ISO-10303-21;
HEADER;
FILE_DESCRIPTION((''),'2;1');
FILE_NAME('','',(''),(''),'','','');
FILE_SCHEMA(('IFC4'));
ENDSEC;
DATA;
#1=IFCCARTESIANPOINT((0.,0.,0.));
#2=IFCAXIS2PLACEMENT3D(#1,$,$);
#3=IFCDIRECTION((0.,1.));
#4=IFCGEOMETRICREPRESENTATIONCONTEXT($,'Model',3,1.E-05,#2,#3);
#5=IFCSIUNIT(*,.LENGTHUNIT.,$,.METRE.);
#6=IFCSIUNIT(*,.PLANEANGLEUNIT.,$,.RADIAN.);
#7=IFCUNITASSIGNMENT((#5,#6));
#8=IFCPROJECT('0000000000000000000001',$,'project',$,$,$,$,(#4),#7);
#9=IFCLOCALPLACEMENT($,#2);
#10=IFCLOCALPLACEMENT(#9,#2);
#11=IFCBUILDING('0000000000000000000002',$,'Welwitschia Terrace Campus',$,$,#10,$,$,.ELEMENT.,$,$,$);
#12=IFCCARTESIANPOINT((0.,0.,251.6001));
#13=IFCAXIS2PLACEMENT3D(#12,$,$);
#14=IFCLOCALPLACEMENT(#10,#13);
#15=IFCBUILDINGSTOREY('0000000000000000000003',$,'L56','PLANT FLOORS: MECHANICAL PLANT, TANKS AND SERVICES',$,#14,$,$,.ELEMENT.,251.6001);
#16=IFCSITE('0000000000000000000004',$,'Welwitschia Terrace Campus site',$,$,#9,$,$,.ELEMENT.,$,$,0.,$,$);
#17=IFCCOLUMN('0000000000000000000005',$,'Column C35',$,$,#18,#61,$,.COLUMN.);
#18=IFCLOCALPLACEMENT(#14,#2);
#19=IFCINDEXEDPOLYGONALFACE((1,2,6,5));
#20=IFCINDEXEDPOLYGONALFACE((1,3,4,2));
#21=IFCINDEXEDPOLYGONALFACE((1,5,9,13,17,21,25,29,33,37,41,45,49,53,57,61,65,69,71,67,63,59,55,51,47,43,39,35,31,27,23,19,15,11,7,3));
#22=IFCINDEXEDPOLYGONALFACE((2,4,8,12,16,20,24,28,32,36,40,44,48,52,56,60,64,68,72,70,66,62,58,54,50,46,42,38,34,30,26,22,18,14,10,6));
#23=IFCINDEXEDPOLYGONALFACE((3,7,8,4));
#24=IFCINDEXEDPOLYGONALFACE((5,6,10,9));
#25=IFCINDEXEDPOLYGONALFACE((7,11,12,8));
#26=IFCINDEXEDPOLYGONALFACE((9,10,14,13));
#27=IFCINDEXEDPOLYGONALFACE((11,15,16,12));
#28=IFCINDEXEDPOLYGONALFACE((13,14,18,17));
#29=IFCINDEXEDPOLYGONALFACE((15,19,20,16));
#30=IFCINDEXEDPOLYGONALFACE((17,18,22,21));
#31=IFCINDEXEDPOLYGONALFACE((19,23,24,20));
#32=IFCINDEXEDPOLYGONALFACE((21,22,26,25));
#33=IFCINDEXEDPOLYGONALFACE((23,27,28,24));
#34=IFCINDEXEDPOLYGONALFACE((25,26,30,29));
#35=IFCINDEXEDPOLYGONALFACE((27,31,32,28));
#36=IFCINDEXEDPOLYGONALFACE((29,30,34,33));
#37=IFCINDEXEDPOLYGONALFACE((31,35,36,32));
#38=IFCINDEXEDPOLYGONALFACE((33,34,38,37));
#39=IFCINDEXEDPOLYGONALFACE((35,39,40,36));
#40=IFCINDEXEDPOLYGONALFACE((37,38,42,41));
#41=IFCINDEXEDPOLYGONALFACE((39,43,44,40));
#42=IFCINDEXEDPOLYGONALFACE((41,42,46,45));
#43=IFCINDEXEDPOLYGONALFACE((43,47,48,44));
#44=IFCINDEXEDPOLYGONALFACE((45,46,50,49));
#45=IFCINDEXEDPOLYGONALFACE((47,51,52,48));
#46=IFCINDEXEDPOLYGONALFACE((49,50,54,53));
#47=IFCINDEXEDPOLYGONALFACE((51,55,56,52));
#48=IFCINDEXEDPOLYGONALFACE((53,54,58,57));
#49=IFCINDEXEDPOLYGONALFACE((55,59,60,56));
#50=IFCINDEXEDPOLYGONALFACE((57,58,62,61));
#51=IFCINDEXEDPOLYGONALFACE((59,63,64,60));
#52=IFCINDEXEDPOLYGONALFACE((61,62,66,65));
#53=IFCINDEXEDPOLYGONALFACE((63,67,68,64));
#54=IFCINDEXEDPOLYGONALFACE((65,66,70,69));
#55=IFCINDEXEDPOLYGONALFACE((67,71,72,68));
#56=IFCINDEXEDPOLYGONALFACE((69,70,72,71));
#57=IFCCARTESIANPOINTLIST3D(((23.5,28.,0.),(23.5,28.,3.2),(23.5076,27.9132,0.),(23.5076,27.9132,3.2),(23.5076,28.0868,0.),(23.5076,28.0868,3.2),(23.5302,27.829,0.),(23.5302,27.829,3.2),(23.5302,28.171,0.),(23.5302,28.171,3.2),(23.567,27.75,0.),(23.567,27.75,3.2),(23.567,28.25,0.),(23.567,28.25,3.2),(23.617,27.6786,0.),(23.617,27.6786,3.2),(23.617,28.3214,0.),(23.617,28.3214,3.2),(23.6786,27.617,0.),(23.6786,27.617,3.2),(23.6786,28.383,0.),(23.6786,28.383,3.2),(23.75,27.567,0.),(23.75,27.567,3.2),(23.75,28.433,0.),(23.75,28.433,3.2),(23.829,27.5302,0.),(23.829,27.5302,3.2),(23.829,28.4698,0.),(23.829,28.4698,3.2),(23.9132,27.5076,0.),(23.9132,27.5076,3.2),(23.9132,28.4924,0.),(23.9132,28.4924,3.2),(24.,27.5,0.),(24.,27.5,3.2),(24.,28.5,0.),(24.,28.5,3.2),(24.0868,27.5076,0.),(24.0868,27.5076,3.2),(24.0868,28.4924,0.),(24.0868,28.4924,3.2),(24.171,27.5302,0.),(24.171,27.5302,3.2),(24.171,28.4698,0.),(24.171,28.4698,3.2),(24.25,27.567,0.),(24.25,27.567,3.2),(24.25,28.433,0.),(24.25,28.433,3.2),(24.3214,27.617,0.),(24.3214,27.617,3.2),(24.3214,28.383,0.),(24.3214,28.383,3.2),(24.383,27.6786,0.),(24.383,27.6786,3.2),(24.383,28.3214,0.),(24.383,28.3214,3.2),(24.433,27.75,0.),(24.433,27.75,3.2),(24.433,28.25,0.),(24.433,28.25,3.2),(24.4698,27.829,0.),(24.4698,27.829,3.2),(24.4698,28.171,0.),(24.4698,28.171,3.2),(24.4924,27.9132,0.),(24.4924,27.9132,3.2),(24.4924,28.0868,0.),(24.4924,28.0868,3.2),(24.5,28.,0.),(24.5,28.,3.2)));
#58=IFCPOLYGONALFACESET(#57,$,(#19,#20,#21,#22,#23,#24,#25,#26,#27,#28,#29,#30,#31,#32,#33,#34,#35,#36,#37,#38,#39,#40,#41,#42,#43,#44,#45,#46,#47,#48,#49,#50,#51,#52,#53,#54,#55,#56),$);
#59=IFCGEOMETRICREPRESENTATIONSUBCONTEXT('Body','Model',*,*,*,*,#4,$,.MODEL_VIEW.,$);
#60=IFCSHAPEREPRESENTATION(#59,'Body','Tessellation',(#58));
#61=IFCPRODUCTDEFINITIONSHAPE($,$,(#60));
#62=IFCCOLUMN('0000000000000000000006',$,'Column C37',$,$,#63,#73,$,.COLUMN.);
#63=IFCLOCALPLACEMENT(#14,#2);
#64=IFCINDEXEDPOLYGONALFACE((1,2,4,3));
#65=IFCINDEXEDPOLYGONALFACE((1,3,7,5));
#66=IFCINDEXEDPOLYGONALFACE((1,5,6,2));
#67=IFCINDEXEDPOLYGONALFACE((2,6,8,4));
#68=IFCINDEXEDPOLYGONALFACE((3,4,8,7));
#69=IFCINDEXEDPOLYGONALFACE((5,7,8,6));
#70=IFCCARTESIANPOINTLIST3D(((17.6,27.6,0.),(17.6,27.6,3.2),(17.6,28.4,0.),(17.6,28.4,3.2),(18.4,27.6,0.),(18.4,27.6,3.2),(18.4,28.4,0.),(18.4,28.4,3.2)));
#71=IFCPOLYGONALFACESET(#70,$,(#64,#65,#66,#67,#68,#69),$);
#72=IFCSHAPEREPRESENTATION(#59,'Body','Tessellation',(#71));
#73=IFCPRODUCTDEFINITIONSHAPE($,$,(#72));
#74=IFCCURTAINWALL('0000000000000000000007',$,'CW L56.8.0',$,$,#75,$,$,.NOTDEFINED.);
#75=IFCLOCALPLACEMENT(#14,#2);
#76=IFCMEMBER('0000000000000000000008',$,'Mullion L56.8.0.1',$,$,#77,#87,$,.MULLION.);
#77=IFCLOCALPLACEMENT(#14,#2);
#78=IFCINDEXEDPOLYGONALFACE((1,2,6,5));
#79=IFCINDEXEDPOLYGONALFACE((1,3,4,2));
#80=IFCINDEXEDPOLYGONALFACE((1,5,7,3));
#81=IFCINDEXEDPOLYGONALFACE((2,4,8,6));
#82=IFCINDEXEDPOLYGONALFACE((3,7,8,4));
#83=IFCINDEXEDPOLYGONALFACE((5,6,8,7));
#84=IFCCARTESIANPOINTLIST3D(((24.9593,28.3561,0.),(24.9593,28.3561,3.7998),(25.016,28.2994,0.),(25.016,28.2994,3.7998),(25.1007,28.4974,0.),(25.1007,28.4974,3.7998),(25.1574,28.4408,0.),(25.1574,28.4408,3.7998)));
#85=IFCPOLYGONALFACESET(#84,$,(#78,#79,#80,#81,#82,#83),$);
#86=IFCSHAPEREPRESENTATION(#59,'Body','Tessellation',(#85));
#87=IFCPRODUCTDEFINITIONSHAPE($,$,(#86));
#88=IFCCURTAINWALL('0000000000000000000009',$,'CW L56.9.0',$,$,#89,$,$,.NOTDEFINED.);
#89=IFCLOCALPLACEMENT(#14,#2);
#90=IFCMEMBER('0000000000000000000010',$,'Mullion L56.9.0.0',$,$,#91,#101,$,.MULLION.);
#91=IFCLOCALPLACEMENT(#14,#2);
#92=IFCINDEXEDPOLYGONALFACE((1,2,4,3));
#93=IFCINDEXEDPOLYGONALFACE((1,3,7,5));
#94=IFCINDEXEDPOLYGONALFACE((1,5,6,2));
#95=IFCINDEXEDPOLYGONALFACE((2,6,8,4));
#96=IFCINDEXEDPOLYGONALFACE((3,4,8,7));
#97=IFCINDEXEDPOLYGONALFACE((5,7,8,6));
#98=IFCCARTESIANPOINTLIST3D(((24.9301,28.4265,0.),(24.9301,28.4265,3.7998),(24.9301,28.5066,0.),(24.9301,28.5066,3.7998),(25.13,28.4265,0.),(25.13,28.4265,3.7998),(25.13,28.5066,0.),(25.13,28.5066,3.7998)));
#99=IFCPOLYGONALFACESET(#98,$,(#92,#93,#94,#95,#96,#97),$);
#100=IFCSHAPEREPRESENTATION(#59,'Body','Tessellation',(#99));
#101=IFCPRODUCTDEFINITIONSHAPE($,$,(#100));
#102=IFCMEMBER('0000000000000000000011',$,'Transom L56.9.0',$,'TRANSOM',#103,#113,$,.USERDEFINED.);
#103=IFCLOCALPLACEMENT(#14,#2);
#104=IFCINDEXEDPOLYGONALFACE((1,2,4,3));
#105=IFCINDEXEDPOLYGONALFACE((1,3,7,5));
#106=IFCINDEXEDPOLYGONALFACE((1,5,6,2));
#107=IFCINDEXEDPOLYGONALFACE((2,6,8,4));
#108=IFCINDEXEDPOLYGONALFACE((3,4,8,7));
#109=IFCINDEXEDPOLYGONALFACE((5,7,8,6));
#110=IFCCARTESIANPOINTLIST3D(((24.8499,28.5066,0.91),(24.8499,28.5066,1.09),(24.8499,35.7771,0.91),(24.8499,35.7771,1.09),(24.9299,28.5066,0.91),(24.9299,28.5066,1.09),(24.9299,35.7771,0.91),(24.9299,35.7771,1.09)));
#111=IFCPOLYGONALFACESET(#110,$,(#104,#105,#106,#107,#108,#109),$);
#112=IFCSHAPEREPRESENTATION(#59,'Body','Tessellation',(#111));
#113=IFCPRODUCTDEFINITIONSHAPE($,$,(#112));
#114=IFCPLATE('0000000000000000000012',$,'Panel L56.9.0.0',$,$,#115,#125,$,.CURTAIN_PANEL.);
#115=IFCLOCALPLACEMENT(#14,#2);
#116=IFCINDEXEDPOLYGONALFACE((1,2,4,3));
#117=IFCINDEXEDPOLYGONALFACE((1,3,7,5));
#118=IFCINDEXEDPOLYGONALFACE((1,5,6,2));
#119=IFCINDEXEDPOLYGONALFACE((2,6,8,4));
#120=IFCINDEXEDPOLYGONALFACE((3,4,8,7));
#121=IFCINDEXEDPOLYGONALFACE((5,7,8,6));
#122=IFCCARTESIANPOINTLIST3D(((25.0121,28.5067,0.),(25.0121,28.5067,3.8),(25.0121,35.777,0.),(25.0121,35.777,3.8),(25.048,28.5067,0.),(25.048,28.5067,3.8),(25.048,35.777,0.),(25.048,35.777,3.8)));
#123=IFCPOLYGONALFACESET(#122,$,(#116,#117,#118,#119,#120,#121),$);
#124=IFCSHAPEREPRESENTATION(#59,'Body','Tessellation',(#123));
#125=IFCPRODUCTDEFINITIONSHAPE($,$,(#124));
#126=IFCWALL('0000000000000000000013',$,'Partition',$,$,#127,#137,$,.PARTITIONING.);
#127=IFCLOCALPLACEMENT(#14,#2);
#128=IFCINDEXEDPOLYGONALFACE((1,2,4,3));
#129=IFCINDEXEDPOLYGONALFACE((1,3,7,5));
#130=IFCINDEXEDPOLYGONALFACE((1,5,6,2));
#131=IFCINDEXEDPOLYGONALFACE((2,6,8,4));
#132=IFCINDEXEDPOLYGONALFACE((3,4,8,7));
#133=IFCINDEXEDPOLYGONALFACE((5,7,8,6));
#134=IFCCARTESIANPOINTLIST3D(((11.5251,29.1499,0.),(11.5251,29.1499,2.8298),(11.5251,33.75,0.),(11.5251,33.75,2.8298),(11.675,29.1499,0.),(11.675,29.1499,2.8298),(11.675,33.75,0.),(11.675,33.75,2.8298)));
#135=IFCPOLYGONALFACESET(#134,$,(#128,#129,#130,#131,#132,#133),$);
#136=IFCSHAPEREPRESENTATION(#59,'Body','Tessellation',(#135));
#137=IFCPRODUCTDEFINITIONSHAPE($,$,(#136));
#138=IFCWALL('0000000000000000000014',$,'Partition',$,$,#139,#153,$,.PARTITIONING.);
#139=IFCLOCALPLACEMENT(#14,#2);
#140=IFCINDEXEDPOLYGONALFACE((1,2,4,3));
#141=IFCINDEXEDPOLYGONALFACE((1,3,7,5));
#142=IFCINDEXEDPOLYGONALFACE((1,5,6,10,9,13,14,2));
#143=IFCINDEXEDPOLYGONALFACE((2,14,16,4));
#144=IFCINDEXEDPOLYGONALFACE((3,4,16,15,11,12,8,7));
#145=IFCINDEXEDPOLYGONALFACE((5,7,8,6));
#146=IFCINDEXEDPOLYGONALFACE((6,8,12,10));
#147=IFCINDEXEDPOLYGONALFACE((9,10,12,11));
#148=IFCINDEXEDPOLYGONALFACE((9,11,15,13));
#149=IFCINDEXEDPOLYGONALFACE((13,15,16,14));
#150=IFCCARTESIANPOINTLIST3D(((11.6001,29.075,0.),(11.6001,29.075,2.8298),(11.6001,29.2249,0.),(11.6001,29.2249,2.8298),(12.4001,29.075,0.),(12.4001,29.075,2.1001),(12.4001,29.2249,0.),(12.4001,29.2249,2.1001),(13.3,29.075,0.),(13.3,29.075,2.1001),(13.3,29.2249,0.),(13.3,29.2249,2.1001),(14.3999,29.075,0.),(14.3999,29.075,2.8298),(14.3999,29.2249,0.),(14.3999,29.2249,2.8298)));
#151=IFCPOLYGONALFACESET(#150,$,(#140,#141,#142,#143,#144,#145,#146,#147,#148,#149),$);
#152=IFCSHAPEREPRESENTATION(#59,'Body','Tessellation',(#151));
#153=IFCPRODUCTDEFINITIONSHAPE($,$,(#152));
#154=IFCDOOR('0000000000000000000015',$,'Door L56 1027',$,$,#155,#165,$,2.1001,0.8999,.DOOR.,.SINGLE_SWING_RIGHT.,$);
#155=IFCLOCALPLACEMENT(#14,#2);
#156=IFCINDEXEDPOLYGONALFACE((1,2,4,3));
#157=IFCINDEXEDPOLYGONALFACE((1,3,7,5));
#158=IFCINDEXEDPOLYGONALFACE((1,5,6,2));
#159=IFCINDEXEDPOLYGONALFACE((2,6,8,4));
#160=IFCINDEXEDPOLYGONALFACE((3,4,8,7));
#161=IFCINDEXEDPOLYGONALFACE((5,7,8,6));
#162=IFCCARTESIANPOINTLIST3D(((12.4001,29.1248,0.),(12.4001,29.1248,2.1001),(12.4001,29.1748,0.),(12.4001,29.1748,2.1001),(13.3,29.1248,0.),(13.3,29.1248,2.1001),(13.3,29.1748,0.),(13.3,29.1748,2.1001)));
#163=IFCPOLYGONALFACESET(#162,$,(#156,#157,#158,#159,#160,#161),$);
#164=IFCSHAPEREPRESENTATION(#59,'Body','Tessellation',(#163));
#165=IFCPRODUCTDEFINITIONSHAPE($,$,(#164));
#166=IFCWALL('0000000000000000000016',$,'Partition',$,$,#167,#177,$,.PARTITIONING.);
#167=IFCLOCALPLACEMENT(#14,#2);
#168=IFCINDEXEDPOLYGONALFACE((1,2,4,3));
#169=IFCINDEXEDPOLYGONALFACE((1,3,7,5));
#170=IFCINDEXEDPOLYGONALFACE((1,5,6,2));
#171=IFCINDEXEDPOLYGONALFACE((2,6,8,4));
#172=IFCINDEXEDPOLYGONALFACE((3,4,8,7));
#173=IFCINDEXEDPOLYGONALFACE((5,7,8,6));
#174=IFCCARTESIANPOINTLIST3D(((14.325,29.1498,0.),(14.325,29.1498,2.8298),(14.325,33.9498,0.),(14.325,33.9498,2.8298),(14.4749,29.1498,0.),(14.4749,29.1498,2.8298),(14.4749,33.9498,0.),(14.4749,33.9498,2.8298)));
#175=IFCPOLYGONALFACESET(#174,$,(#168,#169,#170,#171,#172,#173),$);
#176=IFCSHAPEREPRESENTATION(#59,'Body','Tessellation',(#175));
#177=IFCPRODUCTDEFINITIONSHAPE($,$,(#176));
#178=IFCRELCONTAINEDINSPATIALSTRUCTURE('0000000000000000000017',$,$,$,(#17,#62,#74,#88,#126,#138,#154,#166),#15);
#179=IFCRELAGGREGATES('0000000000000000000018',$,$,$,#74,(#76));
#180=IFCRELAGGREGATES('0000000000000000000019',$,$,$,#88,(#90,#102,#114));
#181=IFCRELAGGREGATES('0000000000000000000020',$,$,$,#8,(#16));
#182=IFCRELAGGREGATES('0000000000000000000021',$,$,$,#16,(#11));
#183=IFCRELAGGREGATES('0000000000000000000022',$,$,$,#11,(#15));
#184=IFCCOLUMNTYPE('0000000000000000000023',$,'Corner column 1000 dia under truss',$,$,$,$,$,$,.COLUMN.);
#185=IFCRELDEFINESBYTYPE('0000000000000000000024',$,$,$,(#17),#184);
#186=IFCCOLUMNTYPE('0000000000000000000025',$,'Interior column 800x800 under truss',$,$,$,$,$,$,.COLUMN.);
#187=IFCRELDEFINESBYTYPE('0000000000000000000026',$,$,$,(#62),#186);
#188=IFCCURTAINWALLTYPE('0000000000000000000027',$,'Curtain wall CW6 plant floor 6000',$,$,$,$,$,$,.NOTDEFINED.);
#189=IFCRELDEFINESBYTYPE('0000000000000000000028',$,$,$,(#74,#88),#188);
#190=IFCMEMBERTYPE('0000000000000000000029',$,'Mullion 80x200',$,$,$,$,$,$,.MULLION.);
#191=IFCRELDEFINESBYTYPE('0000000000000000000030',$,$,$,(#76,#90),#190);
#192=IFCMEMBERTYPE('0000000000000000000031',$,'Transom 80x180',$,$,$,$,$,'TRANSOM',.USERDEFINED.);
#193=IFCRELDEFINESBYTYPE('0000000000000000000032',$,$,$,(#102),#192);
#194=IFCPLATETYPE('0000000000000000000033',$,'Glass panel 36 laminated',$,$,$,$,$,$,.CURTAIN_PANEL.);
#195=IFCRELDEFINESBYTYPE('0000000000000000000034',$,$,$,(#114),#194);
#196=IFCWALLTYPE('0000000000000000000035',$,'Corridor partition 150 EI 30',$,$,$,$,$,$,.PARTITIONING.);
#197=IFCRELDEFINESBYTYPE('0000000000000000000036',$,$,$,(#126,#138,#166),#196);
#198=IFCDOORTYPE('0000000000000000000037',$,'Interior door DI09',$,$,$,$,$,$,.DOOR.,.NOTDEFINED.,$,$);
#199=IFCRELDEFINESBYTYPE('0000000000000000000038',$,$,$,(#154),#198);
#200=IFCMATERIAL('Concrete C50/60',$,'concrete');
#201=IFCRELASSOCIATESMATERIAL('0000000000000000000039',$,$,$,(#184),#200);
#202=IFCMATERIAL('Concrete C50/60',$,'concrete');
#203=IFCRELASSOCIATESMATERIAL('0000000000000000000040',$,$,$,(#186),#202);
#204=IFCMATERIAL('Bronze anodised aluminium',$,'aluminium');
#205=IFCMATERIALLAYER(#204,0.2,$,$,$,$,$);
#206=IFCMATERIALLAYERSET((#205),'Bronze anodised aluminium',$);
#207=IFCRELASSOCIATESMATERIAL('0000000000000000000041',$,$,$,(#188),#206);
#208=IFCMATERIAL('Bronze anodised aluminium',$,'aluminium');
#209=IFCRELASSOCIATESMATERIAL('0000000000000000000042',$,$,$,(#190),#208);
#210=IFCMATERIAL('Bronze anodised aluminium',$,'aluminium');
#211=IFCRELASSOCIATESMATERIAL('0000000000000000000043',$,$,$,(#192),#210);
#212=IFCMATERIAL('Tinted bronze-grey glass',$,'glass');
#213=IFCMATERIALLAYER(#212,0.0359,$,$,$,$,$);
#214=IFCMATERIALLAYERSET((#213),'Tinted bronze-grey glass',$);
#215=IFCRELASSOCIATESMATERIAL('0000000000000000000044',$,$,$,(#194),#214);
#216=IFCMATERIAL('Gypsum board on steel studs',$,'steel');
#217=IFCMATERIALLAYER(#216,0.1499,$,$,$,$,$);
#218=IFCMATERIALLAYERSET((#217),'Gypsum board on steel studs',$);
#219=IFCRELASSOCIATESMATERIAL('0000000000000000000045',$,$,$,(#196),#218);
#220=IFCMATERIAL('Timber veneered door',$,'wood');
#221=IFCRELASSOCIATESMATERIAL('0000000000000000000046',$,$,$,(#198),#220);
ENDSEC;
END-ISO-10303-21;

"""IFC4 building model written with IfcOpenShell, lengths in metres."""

from ifc_helpers import new_model, si_unit, direction, frame, frame_2d, origin, origin_2d, place, context, subcontext, project, spatial, rectangle, circle, extrude, material, layer, layer_set, material_profile, profile_set, type_object, element, fill, aggregate, save


model = new_model("IFC4")

# Units and contexts
model_context = context("Model", 3, precision=1e-05, world=origin(), true_north=direction((0.0, 1.0)))
body_context = subcontext(model_context, "Body", "Model", "MODEL_VIEW")
ifc_project = project(units=[si_unit("LENGTHUNIT", "METRE"), si_unit("PLANEANGLEUNIT", "RADIAN")], contexts=[model_context])

# Site, building, storey
site_placement = place(None, origin())
site = spatial("IfcSite", under=ifc_project, at=site_placement, Name="Welwitschia Terrace Campus site", CompositionType="ELEMENT", RefElevation=0.0)
building_placement = place(site_placement, origin())
building = spatial("IfcBuilding", under=site, at=building_placement, Name="Welwitschia Terrace Campus", CompositionType="ELEMENT")
storey_placement = place(building_placement, frame((0.0, 0.0, 251.6001)))
storey = spatial("IfcBuildingStorey", under=building, at=storey_placement, Name="L56", Description="PLANT FLOORS: MECHANICAL PLANT, TANKS AND SERVICES", CompositionType="ELEMENT", Elevation=251.6001)

# Columns
ifc_material_1 = material(Name="Concrete C50/60", Category="concrete")
ifc_material_profile_1 = material_profile(ifc_material_1, circle(Radius=0.5, at=origin_2d()))
ifc_profile_set_1 = profile_set([ifc_material_profile_1], Name="Concrete C50/60")
column_type_1 = type_object("IfcColumnType", Name="Corner column 1000 dia under truss", PredefinedType="COLUMN", material=ifc_profile_set_1)
column_1_placement = place(storey_placement, frame((24.0, 28.0, 0.0), z_axis=(0.0, 0.0, 1.0), x_axis=(1.0, 0.0, 0.0)))
element("IfcColumn", 1, at=column_1_placement, inside=storey, type_object=column_type_1, Name="Column C35", PredefinedType="COLUMN", context=body_context, shape_type="SweptSolid", body=[
    extrude(circle(Radius=0.5, at=origin_2d()), origin(), (0.0, 0.0, 1.0), 3.2),
])
ifc_material_2 = material(Name="Concrete C50/60", Category="concrete")
ifc_material_profile_2 = material_profile(ifc_material_2, rectangle(XDim=0.8, YDim=0.8, at=origin_2d()))
ifc_profile_set_2 = profile_set([ifc_material_profile_2], Name="Concrete C50/60")
column_type_2 = type_object("IfcColumnType", Name="Interior column 800x800 under truss", PredefinedType="COLUMN", material=ifc_profile_set_2)
column_2_placement = place(storey_placement, frame((18.0, 28.0, 0.0), z_axis=(0.0, 0.0, 1.0), x_axis=(1.0, 0.0, 0.0)))
element("IfcColumn", 2, at=column_2_placement, inside=storey, type_object=column_type_2, Name="Column C37", PredefinedType="COLUMN", context=body_context, shape_type="SweptSolid", body=[
    extrude(rectangle(XDim=0.8, YDim=0.8, at=origin_2d()), origin(), (0.0, 0.0, 1.0), 3.2),
])

# Curtain wall, member
ifc_material_3 = material(Name="Bronze anodised aluminium", Category="aluminium")
ifc_layer_1 = layer(ifc_material_3, 0.2)
ifc_layer_set_1 = layer_set([ifc_layer_1], Name="Bronze anodised aluminium")
curtain_wall_type = type_object("IfcCurtainWallType", Name="Curtain wall CW6 plant floor 6000", PredefinedType="NOTDEFINED", material=ifc_layer_set_1)
curtain_wall_1_placement = place(storey_placement, origin())
curtain_wall_1 = element("IfcCurtainWall", 3, at=curtain_wall_1_placement, inside=storey, type_object=curtain_wall_type, Name="CW L56.8.0", PredefinedType="NOTDEFINED")
ifc_material_4 = material(Name="Bronze anodised aluminium", Category="aluminium")
ifc_material_profile_3 = material_profile(ifc_material_4, rectangle(XDim=0.2, YDim=0.0801, at=origin_2d()))
ifc_profile_set_3 = profile_set([ifc_material_profile_3], Name="Bronze anodised aluminium")
member_type_1 = type_object("IfcMemberType", Name="Mullion 80x200", PredefinedType="MULLION", material=ifc_profile_set_3)
member_1_placement = place(storey_placement, frame((25.0583, 28.3984, 0.0), z_axis=(0.0, 0.0, 1.0), x_axis=(-0.707107, -0.707107, 0.0)))
member_1 = element("IfcMember", 4, at=member_1_placement, type_object=member_type_1, Name="Mullion L56.8.0.1", PredefinedType="MULLION", context=body_context, shape_type="SweptSolid", body=[
    extrude(rectangle(XDim=0.2, YDim=0.0801, at=origin_2d()), origin(), (0.0, 0.0, 1.0), 3.7998),
])
aggregate(curtain_wall_1, [member_1])

# Curtain wall, members, plate
curtain_wall_2_placement = place(storey_placement, origin())
curtain_wall_2 = element("IfcCurtainWall", 5, at=curtain_wall_2_placement, inside=storey, type_object=curtain_wall_type, Name="CW L56.9.0", PredefinedType="NOTDEFINED")
member_2_placement = place(storey_placement, frame((25.03, 28.4666, 0.0), z_axis=(0.0, 0.0, 1.0), x_axis=(-1.0, 0.0, 0.0)))
member_2 = element("IfcMember", 6, at=member_2_placement, type_object=member_type_1, Name="Mullion L56.9.0.0", PredefinedType="MULLION", context=body_context, shape_type="SweptSolid", body=[
    extrude(rectangle(XDim=0.2, YDim=0.0801, at=origin_2d()), origin(), (0.0, 0.0, 1.0), 3.7998),
])
ifc_material_5 = material(Name="Bronze anodised aluminium", Category="aluminium")
ifc_material_profile_4 = material_profile(ifc_material_5, rectangle(XDim=0.0801, YDim=0.1799, at=origin_2d()))
ifc_profile_set_4 = profile_set([ifc_material_profile_4], Name="Bronze anodised aluminium")
member_type_2 = type_object("IfcMemberType", Name="Transom 80x180", ElementType="TRANSOM", PredefinedType="USERDEFINED", material=ifc_profile_set_4)
member_3_placement = place(storey_placement, frame((24.8899, 28.5066, 1.0), z_axis=(0.0, 1.0, 0.0), x_axis=(-1.0, 0.0, 0.0)))
member_3 = element("IfcMember", 7, at=member_3_placement, type_object=member_type_2, Name="Transom L56.9.0", ObjectType="TRANSOM", PredefinedType="USERDEFINED", context=body_context, shape_type="SweptSolid", body=[
    extrude(rectangle(XDim=0.0801, YDim=0.1799, at=origin_2d()), origin(), (0.0, 0.0, 1.0), 7.2705),
])
ifc_material_6 = material(Name="Tinted bronze-grey glass", Category="glass")
ifc_layer_2 = layer(ifc_material_6, 0.0359)
ifc_layer_set_2 = layer_set([ifc_layer_2], Name="Tinted bronze-grey glass")
plate_type = type_object("IfcPlateType", Name="Glass panel 36 laminated", PredefinedType="CURTAIN_PANEL", material=ifc_layer_set_2)
plate_placement = place(storey_placement, frame((25.03, 32.1418, 0.0), z_axis=(0.0, 0.0, 1.0), x_axis=(0.0, 1.0, 0.0)))
plate = element("IfcPlate", 8, at=plate_placement, type_object=plate_type, Name="Panel L56.9.0.0", PredefinedType="CURTAIN_PANEL", context=body_context, shape_type="SweptSolid", body=[
    extrude(rectangle(XDim=7.2703, YDim=0.0359, at=origin_2d()), origin(), (0.0, 0.0, 1.0), 3.8),
])
aggregate(curtain_wall_2, [member_2, member_3, plate])

# Wall
ifc_material_7 = material(Name="Gypsum board on steel studs", Category="steel")
ifc_layer_3 = layer(ifc_material_7, 0.1499)
ifc_layer_set_3 = layer_set([ifc_layer_3], Name="Gypsum board on steel studs")
wall_type = type_object("IfcWallType", Name="Corridor partition 150 EI 30", PredefinedType="PARTITIONING", material=ifc_layer_set_3)
wall_1_placement = place(storey_placement, frame((11.6001, 29.1499, 0.0), z_axis=(0.0, 0.0, 1.0), x_axis=(0.0, 1.0, 0.0)))
element("IfcWall", 9, at=wall_1_placement, inside=storey, type_object=wall_type, Name="Partition", PredefinedType="PARTITIONING", context=body_context, shape_type="SweptSolid", body=[
    extrude(rectangle(XDim=4.6001, YDim=0.1499, at=frame_2d((2.3, 0.0))), origin(), (0.0, 0.0, 1.0), 2.8298),
])

# Wall, opening, door
wall_2_placement = place(storey_placement, frame((11.6001, 29.1499, 0.0), z_axis=(0.0, 0.0, 1.0), x_axis=(1.0, 0.0, 0.0)))
wall_2 = element("IfcWall", 10, at=wall_2_placement, inside=storey, type_object=wall_type, Name="Partition", PredefinedType="PARTITIONING", context=body_context, shape_type="SweptSolid", body=[
    extrude(rectangle(XDim=2.7998, YDim=0.1499, at=frame_2d((1.3999, 0.0))), origin(), (0.0, 0.0, 1.0), 2.8298),
])
opening_1_placement = place(wall_2_placement, frame((0.8, 0.0, 0.0)))
opening_1 = element("IfcOpeningElement", 11, at=opening_1_placement, cuts=wall_2, PredefinedType="OPENING", context=body_context, shape_type="SweptSolid", body=[
    extrude(rectangle(XDim=0.8999, YDim=2.1001, at=frame_2d((0.45, 1.05))), frame((0.0, 0.085, 0.0), z_axis=(0.0, -1.0, 0.0), x_axis=(1.0, 0.0, 0.0)), (0.0, 0.0, 1.0), 0.1699),
])
ifc_material_8 = material(Name="Timber veneered door", Category="wood")
door_type = type_object("IfcDoorType", Name="Interior door DI09", OperationType="NOTDEFINED", PredefinedType="DOOR", material=ifc_material_8)
door_1_placement = place(opening_1_placement, origin())
door_1 = element("IfcDoor", 12, at=door_1_placement, inside=storey, type_object=door_type, Name="Door L56 1027", OperationType="SINGLE_SWING_RIGHT", OverallHeight=2.1001, OverallWidth=0.8999, PredefinedType="DOOR", context=body_context, shape_type="SweptSolid", body=[
    extrude(rectangle(XDim=0.8999, YDim=2.1001, at=frame_2d((0.45, 1.05))), frame((0.0, 0.0249, 0.0), z_axis=(0.0, -1.0, 0.0), x_axis=(1.0, 0.0, 0.0)), (0.0, 0.0, 1.0), 0.05),
])
fill(opening_1, door_1)

# Wall
wall_3_placement = place(storey_placement, frame((14.3999, 29.1499, 0.0), z_axis=(0.0, 0.0, 1.0), x_axis=(0.0, 1.0, 0.0)))
element("IfcWall", 13, at=wall_3_placement, inside=storey, type_object=wall_type, Name="Partition", PredefinedType="PARTITIONING", context=body_context, shape_type="SweptSolid", body=[
    extrude(rectangle(XDim=4.8, YDim=0.1499, at=frame_2d((2.3999, 0.0))), origin(), (0.0, 0.0, 1.0), 2.8298),
])

save(model, "model.ifc")
